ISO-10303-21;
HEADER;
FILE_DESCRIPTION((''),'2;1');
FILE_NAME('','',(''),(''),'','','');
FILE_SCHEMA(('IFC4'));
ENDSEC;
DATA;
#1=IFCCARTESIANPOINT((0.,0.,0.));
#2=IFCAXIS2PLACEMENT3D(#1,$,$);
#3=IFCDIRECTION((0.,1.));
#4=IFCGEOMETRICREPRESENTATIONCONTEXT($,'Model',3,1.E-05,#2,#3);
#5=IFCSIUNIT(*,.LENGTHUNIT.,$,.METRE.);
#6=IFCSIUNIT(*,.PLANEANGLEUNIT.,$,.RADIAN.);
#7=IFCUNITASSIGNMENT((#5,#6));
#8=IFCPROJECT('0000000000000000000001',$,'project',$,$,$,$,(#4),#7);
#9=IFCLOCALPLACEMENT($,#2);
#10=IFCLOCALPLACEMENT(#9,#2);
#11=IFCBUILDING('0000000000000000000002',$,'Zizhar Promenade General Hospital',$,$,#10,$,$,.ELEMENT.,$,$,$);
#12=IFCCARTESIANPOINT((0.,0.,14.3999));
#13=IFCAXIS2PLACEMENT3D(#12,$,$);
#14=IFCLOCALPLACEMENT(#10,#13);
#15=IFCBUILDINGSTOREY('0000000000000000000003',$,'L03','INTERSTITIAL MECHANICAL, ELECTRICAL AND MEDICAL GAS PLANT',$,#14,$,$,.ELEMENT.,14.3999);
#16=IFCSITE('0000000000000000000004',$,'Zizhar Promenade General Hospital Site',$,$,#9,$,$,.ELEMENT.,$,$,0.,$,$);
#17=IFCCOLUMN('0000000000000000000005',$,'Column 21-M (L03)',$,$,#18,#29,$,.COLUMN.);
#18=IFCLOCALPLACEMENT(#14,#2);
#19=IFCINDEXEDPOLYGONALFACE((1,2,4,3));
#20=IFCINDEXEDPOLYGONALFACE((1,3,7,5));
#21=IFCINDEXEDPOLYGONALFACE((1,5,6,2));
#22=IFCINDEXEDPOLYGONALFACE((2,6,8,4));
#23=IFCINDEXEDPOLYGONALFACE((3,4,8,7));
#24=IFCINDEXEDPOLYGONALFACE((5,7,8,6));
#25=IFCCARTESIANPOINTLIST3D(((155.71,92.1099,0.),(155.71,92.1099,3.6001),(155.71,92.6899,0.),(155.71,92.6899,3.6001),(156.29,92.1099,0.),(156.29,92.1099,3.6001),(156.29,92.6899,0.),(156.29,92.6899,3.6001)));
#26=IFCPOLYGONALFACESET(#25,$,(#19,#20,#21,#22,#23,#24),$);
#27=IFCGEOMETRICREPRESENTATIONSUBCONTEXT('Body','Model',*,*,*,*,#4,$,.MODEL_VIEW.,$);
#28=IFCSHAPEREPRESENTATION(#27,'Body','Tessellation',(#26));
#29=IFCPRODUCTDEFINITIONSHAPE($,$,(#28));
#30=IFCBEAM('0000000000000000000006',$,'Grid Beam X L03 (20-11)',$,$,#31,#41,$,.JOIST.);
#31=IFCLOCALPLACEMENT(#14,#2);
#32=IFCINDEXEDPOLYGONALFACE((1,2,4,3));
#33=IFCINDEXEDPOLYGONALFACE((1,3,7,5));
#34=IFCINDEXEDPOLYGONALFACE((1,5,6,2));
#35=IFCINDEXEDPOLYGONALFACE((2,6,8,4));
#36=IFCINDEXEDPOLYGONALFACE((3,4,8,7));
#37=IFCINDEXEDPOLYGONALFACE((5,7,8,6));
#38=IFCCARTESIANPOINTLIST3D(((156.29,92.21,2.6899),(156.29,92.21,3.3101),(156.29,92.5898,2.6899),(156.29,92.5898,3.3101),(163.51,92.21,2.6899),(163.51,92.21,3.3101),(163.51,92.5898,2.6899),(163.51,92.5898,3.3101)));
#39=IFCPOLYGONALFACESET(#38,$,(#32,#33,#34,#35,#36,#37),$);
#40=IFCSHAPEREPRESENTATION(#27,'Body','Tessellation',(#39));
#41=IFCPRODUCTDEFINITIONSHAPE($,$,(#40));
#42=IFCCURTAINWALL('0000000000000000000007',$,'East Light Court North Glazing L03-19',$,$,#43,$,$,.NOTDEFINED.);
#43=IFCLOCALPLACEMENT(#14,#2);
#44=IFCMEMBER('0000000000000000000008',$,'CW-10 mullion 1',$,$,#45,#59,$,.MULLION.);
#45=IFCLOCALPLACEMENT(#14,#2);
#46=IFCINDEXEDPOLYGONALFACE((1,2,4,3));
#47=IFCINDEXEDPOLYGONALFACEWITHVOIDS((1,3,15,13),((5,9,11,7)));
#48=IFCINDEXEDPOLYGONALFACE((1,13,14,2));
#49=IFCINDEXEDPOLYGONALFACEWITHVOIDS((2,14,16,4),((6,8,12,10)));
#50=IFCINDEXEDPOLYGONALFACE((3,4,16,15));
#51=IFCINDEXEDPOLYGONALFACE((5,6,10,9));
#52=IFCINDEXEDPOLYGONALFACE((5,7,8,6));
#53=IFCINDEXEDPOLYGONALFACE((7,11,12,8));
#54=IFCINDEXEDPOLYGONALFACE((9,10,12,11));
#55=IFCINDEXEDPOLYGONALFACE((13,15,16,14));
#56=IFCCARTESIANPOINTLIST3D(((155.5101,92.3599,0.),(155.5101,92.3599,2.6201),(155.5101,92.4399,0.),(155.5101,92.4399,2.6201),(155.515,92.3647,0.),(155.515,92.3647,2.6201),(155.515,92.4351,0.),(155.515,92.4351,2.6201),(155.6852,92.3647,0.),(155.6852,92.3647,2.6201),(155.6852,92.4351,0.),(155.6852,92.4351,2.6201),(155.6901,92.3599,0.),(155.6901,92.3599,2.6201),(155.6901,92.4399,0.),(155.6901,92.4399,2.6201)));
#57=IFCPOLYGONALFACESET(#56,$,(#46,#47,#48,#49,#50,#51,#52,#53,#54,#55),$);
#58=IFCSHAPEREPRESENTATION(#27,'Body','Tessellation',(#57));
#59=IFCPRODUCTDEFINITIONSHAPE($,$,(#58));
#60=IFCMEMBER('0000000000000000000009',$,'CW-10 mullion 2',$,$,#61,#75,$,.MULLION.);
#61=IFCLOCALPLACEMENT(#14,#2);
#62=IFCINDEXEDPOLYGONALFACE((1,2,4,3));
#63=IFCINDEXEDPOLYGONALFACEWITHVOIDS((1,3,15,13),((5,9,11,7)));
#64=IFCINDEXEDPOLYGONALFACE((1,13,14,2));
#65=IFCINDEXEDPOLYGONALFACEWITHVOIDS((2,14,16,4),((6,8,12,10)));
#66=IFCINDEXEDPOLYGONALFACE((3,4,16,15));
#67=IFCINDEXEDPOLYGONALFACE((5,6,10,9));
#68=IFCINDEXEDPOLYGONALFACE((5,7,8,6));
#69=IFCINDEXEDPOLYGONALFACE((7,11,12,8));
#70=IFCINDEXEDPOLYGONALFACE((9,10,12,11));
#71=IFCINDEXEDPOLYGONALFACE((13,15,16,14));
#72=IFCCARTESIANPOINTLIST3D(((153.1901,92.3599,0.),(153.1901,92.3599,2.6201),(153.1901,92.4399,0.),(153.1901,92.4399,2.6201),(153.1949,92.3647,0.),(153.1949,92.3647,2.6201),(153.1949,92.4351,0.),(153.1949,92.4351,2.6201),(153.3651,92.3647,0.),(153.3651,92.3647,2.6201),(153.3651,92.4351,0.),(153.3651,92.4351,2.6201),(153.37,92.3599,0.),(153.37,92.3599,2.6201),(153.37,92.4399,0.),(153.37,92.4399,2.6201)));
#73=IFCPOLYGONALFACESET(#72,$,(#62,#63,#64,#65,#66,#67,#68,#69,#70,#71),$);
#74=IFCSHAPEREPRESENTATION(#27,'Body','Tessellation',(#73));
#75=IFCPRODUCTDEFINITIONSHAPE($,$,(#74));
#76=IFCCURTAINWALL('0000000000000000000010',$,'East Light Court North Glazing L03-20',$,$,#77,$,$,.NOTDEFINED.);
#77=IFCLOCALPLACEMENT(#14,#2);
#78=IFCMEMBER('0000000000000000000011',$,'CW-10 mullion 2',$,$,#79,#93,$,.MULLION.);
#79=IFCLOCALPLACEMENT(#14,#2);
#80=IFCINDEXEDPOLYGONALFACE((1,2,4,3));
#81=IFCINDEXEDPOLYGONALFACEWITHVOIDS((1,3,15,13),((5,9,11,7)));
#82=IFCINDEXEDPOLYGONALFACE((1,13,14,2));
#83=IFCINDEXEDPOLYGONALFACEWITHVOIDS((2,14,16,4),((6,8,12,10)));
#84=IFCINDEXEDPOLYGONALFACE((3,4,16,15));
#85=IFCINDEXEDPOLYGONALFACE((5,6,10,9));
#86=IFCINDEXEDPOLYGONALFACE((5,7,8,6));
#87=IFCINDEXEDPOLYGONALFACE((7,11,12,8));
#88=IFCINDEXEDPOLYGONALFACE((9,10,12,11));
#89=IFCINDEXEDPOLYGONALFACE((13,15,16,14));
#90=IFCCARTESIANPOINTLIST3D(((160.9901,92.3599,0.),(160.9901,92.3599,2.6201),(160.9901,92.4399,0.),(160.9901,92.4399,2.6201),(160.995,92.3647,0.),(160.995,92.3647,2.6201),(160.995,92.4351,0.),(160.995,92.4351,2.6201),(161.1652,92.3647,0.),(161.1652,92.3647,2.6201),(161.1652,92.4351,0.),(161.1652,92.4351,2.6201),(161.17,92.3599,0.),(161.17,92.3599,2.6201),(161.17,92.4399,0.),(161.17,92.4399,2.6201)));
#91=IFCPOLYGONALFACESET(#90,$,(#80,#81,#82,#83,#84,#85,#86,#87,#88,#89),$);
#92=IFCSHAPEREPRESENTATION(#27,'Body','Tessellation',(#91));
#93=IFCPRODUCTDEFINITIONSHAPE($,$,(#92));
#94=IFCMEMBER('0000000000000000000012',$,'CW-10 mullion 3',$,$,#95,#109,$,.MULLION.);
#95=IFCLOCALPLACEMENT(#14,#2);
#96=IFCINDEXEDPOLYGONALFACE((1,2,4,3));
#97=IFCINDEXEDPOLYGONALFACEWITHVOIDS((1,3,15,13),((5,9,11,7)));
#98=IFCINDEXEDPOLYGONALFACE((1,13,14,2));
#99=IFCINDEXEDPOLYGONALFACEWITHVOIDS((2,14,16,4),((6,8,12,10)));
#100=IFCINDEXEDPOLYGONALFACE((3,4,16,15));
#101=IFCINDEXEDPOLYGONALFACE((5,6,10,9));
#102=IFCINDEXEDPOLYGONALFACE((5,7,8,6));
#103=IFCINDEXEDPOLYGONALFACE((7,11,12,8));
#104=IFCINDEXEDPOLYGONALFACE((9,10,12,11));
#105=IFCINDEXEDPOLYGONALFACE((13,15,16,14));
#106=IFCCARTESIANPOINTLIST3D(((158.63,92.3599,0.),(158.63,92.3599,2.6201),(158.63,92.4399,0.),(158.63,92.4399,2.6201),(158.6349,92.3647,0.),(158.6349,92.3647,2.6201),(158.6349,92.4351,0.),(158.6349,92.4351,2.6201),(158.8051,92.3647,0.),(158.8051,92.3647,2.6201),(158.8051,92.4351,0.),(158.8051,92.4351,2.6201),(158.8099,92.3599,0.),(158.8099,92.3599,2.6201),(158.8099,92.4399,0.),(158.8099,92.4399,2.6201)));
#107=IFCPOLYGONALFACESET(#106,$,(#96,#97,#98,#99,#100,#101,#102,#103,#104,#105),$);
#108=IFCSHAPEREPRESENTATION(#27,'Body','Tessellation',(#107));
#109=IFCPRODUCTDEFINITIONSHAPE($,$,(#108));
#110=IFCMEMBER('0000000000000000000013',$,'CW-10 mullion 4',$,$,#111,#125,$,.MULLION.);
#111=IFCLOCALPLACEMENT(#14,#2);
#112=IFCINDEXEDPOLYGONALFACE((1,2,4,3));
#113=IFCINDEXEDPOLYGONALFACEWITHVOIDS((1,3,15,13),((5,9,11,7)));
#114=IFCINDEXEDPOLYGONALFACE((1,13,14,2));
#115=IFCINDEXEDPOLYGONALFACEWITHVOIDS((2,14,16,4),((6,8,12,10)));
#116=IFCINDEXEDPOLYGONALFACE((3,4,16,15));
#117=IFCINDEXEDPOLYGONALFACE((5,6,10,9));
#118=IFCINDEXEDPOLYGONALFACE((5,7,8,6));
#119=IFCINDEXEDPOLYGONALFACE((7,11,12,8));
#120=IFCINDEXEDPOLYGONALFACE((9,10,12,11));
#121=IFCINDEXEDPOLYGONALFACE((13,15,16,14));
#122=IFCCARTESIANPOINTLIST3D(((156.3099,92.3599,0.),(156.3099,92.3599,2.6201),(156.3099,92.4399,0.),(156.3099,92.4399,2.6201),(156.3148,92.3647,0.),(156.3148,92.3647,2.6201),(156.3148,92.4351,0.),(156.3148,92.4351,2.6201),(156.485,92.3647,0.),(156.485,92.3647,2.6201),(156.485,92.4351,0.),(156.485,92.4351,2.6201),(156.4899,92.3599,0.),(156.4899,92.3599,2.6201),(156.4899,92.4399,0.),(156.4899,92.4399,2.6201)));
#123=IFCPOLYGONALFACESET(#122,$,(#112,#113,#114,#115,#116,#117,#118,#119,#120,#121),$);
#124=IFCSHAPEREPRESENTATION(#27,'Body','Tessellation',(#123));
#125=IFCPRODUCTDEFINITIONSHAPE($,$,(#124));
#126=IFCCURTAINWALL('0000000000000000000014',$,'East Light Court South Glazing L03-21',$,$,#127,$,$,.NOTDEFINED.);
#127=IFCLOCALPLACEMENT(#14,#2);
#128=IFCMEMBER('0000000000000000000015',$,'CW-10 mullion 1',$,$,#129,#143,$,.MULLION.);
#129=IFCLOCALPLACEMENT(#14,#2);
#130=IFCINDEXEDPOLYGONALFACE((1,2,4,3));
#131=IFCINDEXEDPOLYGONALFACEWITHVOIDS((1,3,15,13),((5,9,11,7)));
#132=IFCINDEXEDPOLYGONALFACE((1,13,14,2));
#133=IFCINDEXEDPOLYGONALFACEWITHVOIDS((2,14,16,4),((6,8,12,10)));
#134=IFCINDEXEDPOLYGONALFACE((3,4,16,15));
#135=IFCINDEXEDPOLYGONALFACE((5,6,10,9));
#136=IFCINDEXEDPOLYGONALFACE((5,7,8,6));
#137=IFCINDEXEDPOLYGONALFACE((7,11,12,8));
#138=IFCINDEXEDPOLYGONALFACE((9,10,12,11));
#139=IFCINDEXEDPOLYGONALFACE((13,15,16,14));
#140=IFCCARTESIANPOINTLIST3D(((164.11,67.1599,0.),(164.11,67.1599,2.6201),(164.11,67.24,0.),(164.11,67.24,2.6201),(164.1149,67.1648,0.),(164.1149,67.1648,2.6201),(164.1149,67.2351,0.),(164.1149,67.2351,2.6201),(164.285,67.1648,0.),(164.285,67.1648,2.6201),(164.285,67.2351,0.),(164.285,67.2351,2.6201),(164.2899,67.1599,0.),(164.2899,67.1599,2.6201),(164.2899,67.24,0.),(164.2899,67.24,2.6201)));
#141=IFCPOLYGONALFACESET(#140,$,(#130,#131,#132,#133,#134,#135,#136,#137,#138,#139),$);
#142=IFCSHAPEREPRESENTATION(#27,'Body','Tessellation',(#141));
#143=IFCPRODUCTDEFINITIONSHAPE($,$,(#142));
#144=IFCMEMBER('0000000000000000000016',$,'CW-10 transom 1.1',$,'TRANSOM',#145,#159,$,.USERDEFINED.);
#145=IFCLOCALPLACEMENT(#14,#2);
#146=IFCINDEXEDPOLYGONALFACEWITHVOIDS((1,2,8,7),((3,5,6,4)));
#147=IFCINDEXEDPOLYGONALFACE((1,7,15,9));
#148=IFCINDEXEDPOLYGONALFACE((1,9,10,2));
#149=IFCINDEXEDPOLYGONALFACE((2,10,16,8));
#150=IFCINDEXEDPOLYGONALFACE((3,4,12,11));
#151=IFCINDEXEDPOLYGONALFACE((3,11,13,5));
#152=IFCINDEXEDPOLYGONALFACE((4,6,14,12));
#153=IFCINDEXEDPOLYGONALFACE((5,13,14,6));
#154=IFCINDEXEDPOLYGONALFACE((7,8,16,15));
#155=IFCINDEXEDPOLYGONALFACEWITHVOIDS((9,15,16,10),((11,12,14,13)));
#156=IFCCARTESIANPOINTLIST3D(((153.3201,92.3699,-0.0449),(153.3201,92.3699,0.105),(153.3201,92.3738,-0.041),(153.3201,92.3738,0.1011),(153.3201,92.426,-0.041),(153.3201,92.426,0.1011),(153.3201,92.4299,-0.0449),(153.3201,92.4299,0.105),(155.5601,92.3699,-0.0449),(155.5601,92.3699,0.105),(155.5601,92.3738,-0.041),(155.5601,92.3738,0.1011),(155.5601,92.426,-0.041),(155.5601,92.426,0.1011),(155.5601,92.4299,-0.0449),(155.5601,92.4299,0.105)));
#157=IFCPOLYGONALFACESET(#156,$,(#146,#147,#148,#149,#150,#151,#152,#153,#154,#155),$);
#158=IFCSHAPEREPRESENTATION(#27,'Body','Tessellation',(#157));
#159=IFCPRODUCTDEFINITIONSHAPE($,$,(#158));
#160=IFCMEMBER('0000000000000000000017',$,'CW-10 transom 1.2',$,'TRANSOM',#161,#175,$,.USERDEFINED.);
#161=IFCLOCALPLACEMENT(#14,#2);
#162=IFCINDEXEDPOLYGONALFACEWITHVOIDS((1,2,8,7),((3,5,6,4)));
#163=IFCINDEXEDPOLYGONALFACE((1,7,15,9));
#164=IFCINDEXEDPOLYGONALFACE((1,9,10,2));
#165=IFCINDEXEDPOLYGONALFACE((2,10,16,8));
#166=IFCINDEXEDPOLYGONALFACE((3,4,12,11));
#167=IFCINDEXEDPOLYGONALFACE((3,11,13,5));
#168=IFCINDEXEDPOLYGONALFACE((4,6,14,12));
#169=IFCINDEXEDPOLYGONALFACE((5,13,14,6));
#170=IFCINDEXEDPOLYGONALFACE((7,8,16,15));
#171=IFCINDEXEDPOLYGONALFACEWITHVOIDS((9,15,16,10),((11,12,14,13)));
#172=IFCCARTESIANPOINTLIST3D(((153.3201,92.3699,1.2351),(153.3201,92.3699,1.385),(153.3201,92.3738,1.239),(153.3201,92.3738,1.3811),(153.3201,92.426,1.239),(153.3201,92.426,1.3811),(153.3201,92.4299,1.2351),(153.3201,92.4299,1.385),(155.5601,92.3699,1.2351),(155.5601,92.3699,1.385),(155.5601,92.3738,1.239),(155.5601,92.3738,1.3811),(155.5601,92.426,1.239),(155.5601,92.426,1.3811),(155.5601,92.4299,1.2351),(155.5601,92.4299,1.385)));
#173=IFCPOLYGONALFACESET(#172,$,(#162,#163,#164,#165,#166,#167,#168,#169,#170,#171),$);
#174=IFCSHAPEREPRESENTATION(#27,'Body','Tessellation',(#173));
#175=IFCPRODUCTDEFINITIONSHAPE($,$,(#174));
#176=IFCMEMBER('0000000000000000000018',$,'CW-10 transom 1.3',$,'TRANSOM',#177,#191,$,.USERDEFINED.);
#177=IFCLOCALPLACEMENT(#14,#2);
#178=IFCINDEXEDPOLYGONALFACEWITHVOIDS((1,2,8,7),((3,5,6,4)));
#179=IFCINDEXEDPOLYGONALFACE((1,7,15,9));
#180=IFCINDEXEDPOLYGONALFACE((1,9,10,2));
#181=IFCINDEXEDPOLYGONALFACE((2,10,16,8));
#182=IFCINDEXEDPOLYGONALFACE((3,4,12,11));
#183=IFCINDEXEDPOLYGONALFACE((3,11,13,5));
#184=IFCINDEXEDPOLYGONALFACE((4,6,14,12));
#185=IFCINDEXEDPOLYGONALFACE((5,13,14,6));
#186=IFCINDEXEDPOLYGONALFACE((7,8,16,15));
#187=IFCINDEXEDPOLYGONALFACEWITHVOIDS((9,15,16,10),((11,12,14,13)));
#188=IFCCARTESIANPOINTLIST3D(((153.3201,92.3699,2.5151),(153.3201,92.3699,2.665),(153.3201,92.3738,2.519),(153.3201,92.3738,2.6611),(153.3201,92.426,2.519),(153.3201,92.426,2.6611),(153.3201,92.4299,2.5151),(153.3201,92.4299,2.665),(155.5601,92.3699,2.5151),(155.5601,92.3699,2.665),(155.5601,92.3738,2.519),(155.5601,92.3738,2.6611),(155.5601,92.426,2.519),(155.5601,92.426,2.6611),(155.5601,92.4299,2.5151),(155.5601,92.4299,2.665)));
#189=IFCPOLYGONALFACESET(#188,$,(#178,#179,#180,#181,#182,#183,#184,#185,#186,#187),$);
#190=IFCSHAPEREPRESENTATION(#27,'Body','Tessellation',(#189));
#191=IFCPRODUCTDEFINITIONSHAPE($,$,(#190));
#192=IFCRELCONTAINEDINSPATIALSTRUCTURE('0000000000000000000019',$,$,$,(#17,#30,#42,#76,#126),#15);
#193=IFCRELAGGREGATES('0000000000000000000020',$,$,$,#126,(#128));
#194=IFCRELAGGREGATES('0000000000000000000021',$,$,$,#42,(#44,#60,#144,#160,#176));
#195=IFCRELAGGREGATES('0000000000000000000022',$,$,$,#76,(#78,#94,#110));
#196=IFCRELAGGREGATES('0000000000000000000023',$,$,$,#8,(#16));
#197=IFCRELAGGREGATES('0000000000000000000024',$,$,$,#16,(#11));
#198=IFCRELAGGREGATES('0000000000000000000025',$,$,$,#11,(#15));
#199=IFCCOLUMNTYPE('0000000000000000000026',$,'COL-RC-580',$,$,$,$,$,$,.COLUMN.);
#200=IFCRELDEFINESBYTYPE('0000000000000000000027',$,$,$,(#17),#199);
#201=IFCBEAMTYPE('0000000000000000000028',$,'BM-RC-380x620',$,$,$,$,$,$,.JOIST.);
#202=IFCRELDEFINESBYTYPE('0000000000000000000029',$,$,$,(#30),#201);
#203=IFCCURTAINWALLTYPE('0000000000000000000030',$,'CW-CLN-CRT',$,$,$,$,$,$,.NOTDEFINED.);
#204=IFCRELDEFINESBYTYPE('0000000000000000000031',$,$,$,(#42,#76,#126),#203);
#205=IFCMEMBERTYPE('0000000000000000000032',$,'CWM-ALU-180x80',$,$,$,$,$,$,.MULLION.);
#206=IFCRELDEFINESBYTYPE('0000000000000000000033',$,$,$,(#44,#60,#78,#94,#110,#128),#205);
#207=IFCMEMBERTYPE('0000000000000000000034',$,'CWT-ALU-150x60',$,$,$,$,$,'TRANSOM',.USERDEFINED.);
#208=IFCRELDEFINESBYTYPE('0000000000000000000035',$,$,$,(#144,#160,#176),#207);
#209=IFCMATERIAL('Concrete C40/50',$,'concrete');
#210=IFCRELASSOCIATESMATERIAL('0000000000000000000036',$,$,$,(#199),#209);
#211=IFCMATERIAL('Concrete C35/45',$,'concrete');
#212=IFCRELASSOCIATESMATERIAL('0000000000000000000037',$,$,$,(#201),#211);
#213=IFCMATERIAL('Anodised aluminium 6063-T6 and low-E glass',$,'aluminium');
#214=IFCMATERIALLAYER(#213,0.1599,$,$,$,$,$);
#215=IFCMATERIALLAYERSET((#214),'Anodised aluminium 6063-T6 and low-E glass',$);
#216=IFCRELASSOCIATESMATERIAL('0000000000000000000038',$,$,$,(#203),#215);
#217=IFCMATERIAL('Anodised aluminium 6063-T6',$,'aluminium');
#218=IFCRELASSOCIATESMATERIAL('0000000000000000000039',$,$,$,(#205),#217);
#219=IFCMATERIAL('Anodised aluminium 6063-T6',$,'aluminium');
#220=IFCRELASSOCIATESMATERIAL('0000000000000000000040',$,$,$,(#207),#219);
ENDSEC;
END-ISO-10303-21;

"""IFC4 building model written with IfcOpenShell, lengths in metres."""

from ifc_helpers import new_model, si_unit, direction, frame, origin, origin_2d, place, context, subcontext, project, spatial, rectangle, hollow_rectangle, extrude, material, layer, layer_set, material_profile, profile_set, type_object, element, aggregate, save


model = new_model("IFC4")

# Units and contexts
model_context = context("Model", 3, precision=1e-05, world=origin(), true_north=direction((0.0, 1.0)))
body_context = subcontext(model_context, "Body", "Model", "MODEL_VIEW")
ifc_project = project(units=[si_unit("LENGTHUNIT", "METRE"), si_unit("PLANEANGLEUNIT", "RADIAN")], contexts=[model_context])

# Site, building, storey
site_placement = place(None, origin())
site = spatial("IfcSite", under=ifc_project, at=site_placement, Name="Zizhar Promenade General Hospital Site", CompositionType="ELEMENT", RefElevation=0.0)
building_placement = place(site_placement, origin())
building = spatial("IfcBuilding", under=site, at=building_placement, Name="Zizhar Promenade General Hospital", CompositionType="ELEMENT")
storey_placement = place(building_placement, frame((0.0, 0.0, 14.3999)))
storey = spatial("IfcBuildingStorey", under=building, at=storey_placement, Name="L03", Description="INTERSTITIAL MECHANICAL, ELECTRICAL AND MEDICAL GAS PLANT", CompositionType="ELEMENT", Elevation=14.3999)

# Column
ifc_material_1 = material(Name="Concrete C40/50", Category="concrete")
ifc_material_profile_1 = material_profile(ifc_material_1, rectangle(XDim=0.5801, YDim=0.5801, at=origin_2d()))
ifc_profile_set_1 = profile_set([ifc_material_profile_1], Name="Concrete C40/50")
column_type = type_object("IfcColumnType", Name="COL-RC-580", PredefinedType="COLUMN", material=ifc_profile_set_1)
column_placement = place(storey_placement, frame((156.0, 92.3999, 0.0), z_axis=(0.0, 0.0, 1.0), x_axis=(1.0, 0.0, 0.0)))
element("IfcColumn", 1, at=column_placement, inside=storey, type_object=column_type, Name="Column 21-M (L03)", PredefinedType="COLUMN", context=body_context, shape_type="SweptSolid", body=[
    extrude(rectangle(XDim=0.5801, YDim=0.5801, at=origin_2d()), origin(), (0.0, 0.0, 1.0), 3.6001),
])

# Beam
ifc_material_2 = material(Name="Concrete C35/45", Category="concrete")
ifc_material_profile_2 = material_profile(ifc_material_2, rectangle(XDim=0.3799, YDim=0.6201, at=origin_2d()))
ifc_profile_set_2 = profile_set([ifc_material_profile_2], Name="Concrete C35/45")
beam_type = type_object("IfcBeamType", Name="BM-RC-380x620", PredefinedType="JOIST", material=ifc_profile_set_2)
beam_placement = place(storey_placement, frame((156.29, 92.3999, 3.0), z_axis=(1.0, 0.0, 0.0), x_axis=(0.0, 1.0, 0.0)))
element("IfcBeam", 2, at=beam_placement, inside=storey, type_object=beam_type, Name="Grid Beam X L03 (20-11)", PredefinedType="JOIST", context=body_context, shape_type="SweptSolid", body=[
    extrude(rectangle(XDim=0.3799, YDim=0.6201, at=origin_2d()), origin(), (0.0, 0.0, 1.0), 7.22),
])

# Curtain walls, members
ifc_material_3 = material(Name="Anodised aluminium 6063-T6 and low-E glass", Category="aluminium")
ifc_layer_1 = layer(ifc_material_3, 0.1599)
ifc_layer_set_1 = layer_set([ifc_layer_1], Name="Anodised aluminium 6063-T6 and low-E glass")
curtain_wall_type = type_object("IfcCurtainWallType", Name="CW-CLN-CRT", PredefinedType="NOTDEFINED", material=ifc_layer_set_1)
curtain_wall_1_placement = place(storey_placement, origin())
curtain_wall_1 = element("IfcCurtainWall", 3, at=curtain_wall_1_placement, inside=storey, type_object=curtain_wall_type, Name="East Light Court North Glazing L03-19", PredefinedType="NOTDEFINED")
ifc_material_4 = material(Name="Anodised aluminium 6063-T6", Category="aluminium")
ifc_material_profile_3 = material_profile(ifc_material_4, hollow_rectangle(XDim=0.0801, YDim=0.1799, WallThickness=0.0049, at=origin_2d()))
ifc_profile_set_3 = profile_set([ifc_material_profile_3], Name="Anodised aluminium 6063-T6")
member_type_1 = type_object("IfcMemberType", Name="CWM-ALU-180x80", PredefinedType="MULLION", material=ifc_profile_set_3)
member_1_placement = place(storey_placement, frame((155.6001, 92.3999, 0.0), z_axis=(0.0, 0.0, 1.0), x_axis=(0.0, -1.0, 0.0)))
member_1 = element("IfcMember", 4, at=member_1_placement, type_object=member_type_1, Name="CW-10 mullion 1", PredefinedType="MULLION", context=body_context, shape_type="SweptSolid", body=[
    extrude(hollow_rectangle(XDim=0.0801, YDim=0.1799, WallThickness=0.0049, at=origin_2d()), origin(), (0.0, 0.0, 1.0), 2.6201),
])
member_2_placement = place(storey_placement, frame((153.28, 92.3999, 0.0), z_axis=(0.0, 0.0, 1.0), x_axis=(0.0, -1.0, 0.0)))
member_2 = element("IfcMember", 5, at=member_2_placement, type_object=member_type_1, Name="CW-10 mullion 2", PredefinedType="MULLION", context=body_context, shape_type="SweptSolid", body=[
    extrude(hollow_rectangle(XDim=0.0801, YDim=0.1799, WallThickness=0.0049, at=origin_2d()), origin(), (0.0, 0.0, 1.0), 2.6201),
])
curtain_wall_2_placement = place(storey_placement, origin())
curtain_wall_2 = element("IfcCurtainWall", 6, at=curtain_wall_2_placement, inside=storey, type_object=curtain_wall_type, Name="East Light Court North Glazing L03-20", PredefinedType="NOTDEFINED")
member_3_placement = place(storey_placement, frame((161.0801, 92.3999, 0.0), z_axis=(0.0, 0.0, 1.0), x_axis=(0.0, -1.0, 0.0)))
member_3 = element("IfcMember", 7, at=member_3_placement, type_object=member_type_1, Name="CW-10 mullion 2", PredefinedType="MULLION", context=body_context, shape_type="SweptSolid", body=[
    extrude(hollow_rectangle(XDim=0.0801, YDim=0.1799, WallThickness=0.0049, at=origin_2d()), origin(), (0.0, 0.0, 1.0), 2.6201),
])
member_4_placement = place(storey_placement, frame((158.72, 92.3999, 0.0), z_axis=(0.0, 0.0, 1.0), x_axis=(0.0, -1.0, 0.0)))
member_4 = element("IfcMember", 8, at=member_4_placement, type_object=member_type_1, Name="CW-10 mullion 3", PredefinedType="MULLION", context=body_context, shape_type="SweptSolid", body=[
    extrude(hollow_rectangle(XDim=0.0801, YDim=0.1799, WallThickness=0.0049, at=origin_2d()), origin(), (0.0, 0.0, 1.0), 2.6201),
])
member_5_placement = place(storey_placement, frame((156.3999, 92.3999, 0.0), z_axis=(0.0, 0.0, 1.0), x_axis=(0.0, -1.0, 0.0)))
member_5 = element("IfcMember", 9, at=member_5_placement, type_object=member_type_1, Name="CW-10 mullion 4", PredefinedType="MULLION", context=body_context, shape_type="SweptSolid", body=[
    extrude(hollow_rectangle(XDim=0.0801, YDim=0.1799, WallThickness=0.0049, at=origin_2d()), origin(), (0.0, 0.0, 1.0), 2.6201),
])

# Curtain wall, member
curtain_wall_3_placement = place(storey_placement, origin())
curtain_wall_3 = element("IfcCurtainWall", 10, at=curtain_wall_3_placement, inside=storey, type_object=curtain_wall_type, Name="East Light Court South Glazing L03-21", PredefinedType="NOTDEFINED")
member_6_placement = place(storey_placement, frame((164.2, 67.2, 0.0), z_axis=(0.0, 0.0, 1.0), x_axis=(0.0, 1.0, 0.0)))
member_6 = element("IfcMember", 11, at=member_6_placement, type_object=member_type_1, Name="CW-10 mullion 1", PredefinedType="MULLION", context=body_context, shape_type="SweptSolid", body=[
    extrude(hollow_rectangle(XDim=0.0801, YDim=0.1799, WallThickness=0.0049, at=origin_2d()), origin(), (0.0, 0.0, 1.0), 2.6201),
])

# Members
ifc_material_5 = material(Name="Anodised aluminium 6063-T6", Category="aluminium")
ifc_material_profile_4 = material_profile(ifc_material_5, hollow_rectangle(XDim=0.0601, YDim=0.1499, WallThickness=0.0039, at=origin_2d()))
ifc_profile_set_4 = profile_set([ifc_material_profile_4], Name="Anodised aluminium 6063-T6")
member_type_2 = type_object("IfcMemberType", Name="CWT-ALU-150x60", ElementType="TRANSOM", PredefinedType="USERDEFINED", material=ifc_profile_set_4)
member_7_placement = place(storey_placement, frame((155.5601, 92.3999, 0.03), z_axis=(-1.0, 0.0, 0.0), x_axis=(0.0, -1.0, 0.0)))
member_7 = element("IfcMember", 12, at=member_7_placement, type_object=member_type_2, Name="CW-10 transom 1.1", ObjectType="TRANSOM", PredefinedType="USERDEFINED", context=body_context, shape_type="SweptSolid", body=[
    extrude(hollow_rectangle(XDim=0.0601, YDim=0.1499, WallThickness=0.0039, at=origin_2d()), origin(), (0.0, 0.0, 1.0), 2.24),
])
member_8_placement = place(storey_placement, frame((155.5601, 92.3999, 1.3101), z_axis=(-1.0, 0.0, 0.0), x_axis=(0.0, -1.0, 0.0)))
member_8 = element("IfcMember", 13, at=member_8_placement, type_object=member_type_2, Name="CW-10 transom 1.2", ObjectType="TRANSOM", PredefinedType="USERDEFINED", context=body_context, shape_type="SweptSolid", body=[
    extrude(hollow_rectangle(XDim=0.0601, YDim=0.1499, WallThickness=0.0039, at=origin_2d()), origin(), (0.0, 0.0, 1.0), 2.24),
])
member_9_placement = place(storey_placement, frame((155.5601, 92.3999, 2.5901), z_axis=(-1.0, 0.0, 0.0), x_axis=(0.0, -1.0, 0.0)))
member_9 = element("IfcMember", 14, at=member_9_placement, type_object=member_type_2, Name="CW-10 transom 1.3", ObjectType="TRANSOM", PredefinedType="USERDEFINED", context=body_context, shape_type="SweptSolid", body=[
    extrude(hollow_rectangle(XDim=0.0601, YDim=0.1499, WallThickness=0.0039, at=origin_2d()), origin(), (0.0, 0.0, 1.0), 2.24),
])
aggregate(curtain_wall_3, [member_6])

aggregate(curtain_wall_1, [member_1, member_2, member_7, member_8, member_9])
aggregate(curtain_wall_2, [member_3, member_4, member_5])

save(model, "model.ifc")
